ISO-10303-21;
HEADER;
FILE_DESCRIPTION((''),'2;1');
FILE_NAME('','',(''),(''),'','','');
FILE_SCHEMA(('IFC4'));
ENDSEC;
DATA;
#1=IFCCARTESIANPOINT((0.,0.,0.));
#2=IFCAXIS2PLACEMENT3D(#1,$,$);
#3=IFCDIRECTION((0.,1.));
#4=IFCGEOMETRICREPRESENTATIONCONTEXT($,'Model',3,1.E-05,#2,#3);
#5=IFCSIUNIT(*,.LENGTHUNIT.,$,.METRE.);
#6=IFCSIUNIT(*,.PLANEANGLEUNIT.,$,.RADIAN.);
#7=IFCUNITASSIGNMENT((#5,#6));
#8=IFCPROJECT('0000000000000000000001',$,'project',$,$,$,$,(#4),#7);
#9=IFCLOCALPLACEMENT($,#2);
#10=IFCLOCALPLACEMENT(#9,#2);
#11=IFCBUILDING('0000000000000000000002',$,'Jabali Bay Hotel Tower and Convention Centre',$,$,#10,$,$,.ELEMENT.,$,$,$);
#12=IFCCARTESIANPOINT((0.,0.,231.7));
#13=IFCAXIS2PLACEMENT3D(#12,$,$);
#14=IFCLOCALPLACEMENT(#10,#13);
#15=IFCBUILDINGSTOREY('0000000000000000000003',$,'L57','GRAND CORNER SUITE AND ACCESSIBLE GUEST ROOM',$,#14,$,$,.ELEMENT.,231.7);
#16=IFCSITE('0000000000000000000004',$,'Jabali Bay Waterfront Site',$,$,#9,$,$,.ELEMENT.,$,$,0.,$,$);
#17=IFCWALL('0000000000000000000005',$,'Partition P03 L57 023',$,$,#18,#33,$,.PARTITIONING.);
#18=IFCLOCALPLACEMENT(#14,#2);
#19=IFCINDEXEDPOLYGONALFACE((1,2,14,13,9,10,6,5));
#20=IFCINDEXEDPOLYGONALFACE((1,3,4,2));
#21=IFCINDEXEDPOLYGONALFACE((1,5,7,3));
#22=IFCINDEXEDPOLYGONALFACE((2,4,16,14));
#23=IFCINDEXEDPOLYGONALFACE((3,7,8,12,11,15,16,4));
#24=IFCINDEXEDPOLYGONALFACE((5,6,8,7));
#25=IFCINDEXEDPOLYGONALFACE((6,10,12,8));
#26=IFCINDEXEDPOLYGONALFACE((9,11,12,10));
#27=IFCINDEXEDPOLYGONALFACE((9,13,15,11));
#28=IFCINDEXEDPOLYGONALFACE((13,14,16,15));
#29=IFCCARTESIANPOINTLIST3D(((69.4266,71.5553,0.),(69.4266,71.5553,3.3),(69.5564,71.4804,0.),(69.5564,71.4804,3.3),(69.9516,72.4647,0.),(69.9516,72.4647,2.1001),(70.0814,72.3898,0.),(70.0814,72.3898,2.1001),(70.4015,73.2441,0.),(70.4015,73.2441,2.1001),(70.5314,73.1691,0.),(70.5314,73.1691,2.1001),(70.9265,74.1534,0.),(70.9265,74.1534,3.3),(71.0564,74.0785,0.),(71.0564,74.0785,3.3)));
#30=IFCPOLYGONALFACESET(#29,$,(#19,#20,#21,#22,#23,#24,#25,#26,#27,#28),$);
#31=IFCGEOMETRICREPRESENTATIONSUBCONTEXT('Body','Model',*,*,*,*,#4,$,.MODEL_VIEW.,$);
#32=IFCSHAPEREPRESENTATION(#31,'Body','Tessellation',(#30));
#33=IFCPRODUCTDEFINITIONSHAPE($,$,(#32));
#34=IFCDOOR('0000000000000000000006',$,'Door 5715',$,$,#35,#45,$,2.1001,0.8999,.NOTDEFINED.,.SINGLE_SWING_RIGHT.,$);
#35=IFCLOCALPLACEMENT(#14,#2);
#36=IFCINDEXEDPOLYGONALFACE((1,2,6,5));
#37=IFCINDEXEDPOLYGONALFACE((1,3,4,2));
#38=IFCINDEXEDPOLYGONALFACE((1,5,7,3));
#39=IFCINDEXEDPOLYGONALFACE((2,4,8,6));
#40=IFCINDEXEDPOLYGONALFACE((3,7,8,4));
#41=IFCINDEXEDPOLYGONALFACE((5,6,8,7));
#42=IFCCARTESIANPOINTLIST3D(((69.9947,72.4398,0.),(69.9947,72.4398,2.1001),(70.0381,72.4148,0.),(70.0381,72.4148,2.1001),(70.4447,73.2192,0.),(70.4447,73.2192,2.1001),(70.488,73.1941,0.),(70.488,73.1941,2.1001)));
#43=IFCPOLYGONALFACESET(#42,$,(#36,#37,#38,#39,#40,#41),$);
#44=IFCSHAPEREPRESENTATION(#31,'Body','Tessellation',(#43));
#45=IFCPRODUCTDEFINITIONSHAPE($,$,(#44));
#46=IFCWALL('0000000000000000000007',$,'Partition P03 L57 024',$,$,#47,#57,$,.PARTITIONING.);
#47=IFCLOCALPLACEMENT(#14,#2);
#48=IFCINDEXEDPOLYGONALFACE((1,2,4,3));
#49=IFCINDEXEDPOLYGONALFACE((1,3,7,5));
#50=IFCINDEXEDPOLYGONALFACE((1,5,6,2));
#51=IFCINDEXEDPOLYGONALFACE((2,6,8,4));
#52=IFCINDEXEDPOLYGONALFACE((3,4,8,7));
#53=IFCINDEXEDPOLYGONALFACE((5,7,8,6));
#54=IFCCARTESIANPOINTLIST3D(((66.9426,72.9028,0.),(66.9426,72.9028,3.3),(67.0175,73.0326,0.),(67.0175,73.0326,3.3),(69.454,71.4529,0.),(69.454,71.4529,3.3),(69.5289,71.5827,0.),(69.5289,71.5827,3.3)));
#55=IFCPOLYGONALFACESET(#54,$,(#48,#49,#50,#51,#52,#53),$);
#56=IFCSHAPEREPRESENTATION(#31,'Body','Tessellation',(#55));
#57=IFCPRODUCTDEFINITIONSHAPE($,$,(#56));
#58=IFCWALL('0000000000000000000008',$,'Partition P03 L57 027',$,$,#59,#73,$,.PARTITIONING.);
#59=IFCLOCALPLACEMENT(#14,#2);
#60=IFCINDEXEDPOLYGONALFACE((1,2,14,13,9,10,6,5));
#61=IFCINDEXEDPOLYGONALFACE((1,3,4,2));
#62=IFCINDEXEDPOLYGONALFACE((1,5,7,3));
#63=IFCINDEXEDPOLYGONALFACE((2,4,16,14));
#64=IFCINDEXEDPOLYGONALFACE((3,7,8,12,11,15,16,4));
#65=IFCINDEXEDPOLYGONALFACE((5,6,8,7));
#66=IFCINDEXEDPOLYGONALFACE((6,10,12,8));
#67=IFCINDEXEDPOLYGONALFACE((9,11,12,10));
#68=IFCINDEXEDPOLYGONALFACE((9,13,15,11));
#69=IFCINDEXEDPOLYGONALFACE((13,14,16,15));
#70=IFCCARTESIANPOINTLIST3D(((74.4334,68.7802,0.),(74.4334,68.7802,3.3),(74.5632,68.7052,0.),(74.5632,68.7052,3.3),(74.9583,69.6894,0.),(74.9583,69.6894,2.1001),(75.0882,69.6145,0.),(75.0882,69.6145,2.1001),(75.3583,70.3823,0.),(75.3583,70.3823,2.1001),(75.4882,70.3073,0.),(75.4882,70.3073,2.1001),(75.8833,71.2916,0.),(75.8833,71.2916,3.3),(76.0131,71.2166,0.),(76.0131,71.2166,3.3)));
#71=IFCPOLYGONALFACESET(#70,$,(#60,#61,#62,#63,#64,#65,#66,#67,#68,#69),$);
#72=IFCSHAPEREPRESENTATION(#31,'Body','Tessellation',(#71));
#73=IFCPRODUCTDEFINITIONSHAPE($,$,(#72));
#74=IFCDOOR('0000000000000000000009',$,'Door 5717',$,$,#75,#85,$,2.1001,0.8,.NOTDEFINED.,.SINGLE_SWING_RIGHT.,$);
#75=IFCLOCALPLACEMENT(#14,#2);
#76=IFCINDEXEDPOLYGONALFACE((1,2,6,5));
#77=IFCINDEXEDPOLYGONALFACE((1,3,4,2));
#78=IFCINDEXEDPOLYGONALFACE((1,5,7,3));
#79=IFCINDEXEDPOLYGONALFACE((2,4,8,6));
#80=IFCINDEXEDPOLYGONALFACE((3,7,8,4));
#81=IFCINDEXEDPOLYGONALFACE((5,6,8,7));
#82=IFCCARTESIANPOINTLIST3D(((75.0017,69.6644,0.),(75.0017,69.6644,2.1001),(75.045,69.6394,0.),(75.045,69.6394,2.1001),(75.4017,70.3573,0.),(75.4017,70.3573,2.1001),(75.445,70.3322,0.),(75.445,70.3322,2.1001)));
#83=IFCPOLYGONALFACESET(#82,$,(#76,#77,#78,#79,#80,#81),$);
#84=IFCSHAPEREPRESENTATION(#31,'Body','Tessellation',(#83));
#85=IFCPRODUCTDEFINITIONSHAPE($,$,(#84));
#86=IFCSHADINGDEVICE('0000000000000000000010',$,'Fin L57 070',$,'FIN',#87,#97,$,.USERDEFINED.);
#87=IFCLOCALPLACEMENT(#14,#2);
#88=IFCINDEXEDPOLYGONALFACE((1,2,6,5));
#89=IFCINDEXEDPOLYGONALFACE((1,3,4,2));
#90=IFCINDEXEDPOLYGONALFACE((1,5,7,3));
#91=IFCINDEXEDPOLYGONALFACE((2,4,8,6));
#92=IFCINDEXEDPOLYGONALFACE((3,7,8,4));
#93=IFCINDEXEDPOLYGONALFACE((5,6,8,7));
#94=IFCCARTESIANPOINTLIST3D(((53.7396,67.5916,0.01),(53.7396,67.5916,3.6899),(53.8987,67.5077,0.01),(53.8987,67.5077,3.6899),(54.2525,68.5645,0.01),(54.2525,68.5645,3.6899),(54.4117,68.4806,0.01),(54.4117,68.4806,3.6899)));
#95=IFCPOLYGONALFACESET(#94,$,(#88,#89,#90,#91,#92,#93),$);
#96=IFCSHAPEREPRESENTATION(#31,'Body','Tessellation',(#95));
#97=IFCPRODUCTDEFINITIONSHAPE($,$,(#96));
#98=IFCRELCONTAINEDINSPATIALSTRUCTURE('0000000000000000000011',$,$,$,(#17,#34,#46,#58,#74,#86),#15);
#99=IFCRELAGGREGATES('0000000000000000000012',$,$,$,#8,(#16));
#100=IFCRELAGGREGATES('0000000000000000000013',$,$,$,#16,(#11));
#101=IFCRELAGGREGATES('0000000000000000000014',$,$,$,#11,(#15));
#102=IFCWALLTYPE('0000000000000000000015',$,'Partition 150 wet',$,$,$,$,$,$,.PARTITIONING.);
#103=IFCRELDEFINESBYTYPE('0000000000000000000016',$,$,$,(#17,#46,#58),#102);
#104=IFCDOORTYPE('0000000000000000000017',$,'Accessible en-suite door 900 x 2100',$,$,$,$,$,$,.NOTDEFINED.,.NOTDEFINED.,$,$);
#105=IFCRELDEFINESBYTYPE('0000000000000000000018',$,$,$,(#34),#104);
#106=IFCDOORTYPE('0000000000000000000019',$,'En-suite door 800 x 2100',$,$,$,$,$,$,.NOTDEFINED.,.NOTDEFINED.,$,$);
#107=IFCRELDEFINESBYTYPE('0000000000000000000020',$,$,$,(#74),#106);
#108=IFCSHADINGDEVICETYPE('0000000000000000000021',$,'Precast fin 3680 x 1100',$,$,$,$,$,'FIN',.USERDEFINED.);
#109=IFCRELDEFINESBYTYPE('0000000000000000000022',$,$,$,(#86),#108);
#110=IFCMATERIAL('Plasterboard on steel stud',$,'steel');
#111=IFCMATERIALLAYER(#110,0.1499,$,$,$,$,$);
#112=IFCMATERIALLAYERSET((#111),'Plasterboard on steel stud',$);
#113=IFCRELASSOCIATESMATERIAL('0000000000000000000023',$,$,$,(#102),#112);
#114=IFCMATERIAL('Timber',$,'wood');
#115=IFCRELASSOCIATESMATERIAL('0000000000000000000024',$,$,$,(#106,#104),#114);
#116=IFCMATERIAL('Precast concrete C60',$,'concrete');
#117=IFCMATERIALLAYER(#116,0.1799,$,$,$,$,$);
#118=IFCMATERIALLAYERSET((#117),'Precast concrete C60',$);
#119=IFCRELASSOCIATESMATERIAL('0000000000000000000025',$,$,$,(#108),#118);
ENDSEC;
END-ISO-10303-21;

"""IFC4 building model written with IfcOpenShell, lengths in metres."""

from ifc_helpers import new_model, si_unit, direction, frame, frame_2d, origin, place, context, subcontext, project, spatial, rectangle, extrude, material, layer, layer_set, type_object, element, fill, save


model = new_model("IFC4")

# Units and contexts
model_context = context("Model", 3, precision=1e-05, world=origin(), true_north=direction((0.0, 1.0)))
body_context = subcontext(model_context, "Body", "Model", "MODEL_VIEW")
ifc_project = project(units=[si_unit("LENGTHUNIT", "METRE"), si_unit("PLANEANGLEUNIT", "RADIAN")], contexts=[model_context])

# Site, building, storey
site_placement = place(None, origin())
site = spatial("IfcSite", under=ifc_project, at=site_placement, Name="Jabali Bay Waterfront Site", CompositionType="ELEMENT", RefElevation=0.0)
building_placement = place(site_placement, origin())
building = spatial("IfcBuilding", under=site, at=building_placement, Name="Jabali Bay Hotel Tower and Convention Centre", CompositionType="ELEMENT")
storey_placement = place(building_placement, frame((0.0, 0.0, 231.7)))
storey = spatial("IfcBuildingStorey", under=building, at=storey_placement, Name="L57", Description="GRAND CORNER SUITE AND ACCESSIBLE GUEST ROOM", CompositionType="ELEMENT", Elevation=231.7)

# Shared definitions
ifc_material_1 = material(Name="Timber", Category="wood")

# Shared definitions
ifc_material_2 = material(Name="Plasterboard on steel stud", Category="steel")
ifc_layer_1 = layer(ifc_material_2, 0.1499)
ifc_layer_set_1 = layer_set([ifc_layer_1], Name="Plasterboard on steel stud")
wall_type_1 = type_object("IfcWallType", Name="Partition 150 wet", PredefinedType="PARTITIONING", material=ifc_layer_set_1)
door_type_1 = type_object("IfcDoorType", Name="En-suite door 800 x 2100", OperationType="NOTDEFINED", PredefinedType="NOTDEFINED", material=ifc_material_1)

# Wall, opening, door
wall_1_placement = place(storey_placement, frame((70.9915, 74.116, 0.0), z_axis=(0.0, 0.0, 1.0), x_axis=(-0.49999, -0.866031, 0.0)))
wall_1 = element("IfcWall", 1, at=wall_1_placement, inside=storey, type_object=wall_type_1, Name="Partition P03 L57 023", PredefinedType="PARTITIONING", context=body_context, shape_type="SweptSolid", body=[
    extrude(rectangle(XDim=3.0, YDim=0.1499, at=frame_2d((1.5, 0.0))), origin(), (0.0, 0.0, 1.0), 3.3),
])
opening_1_placement = place(wall_1_placement, frame((1.05, 0.0, 0.0)))
opening_1 = element("IfcOpeningElement", 2, at=opening_1_placement, cuts=wall_1, PredefinedType="OPENING", context=body_context, shape_type="SweptSolid", body=[
    extrude(rectangle(XDim=0.8999, YDim=2.1001, at=frame_2d((0.45, 1.05))), frame((0.0, 0.0854, 0.0), z_axis=(0.0, -1.0, 0.0), x_axis=(1.0, 0.0, 0.0)), (0.0, 0.0, 1.0), 0.1709),
])
door_type_2 = type_object("IfcDoorType", Name="Accessible en-suite door 900 x 2100", OperationType="NOTDEFINED", PredefinedType="NOTDEFINED", material=ifc_material_1)
door_1_placement = place(opening_1_placement, origin())
door_1 = element("IfcDoor", 3, at=door_1_placement, inside=storey, type_object=door_type_2, Name="Door 5715", OperationType="SINGLE_SWING_RIGHT", OverallHeight=2.1001, OverallWidth=0.8999, PredefinedType="NOTDEFINED", context=body_context, shape_type="SweptSolid", body=[
    extrude(rectangle(XDim=0.8999, YDim=2.1001, at=frame_2d((0.45, 1.05))), frame((0.0, 0.0249, 0.0), z_axis=(0.0, -1.0, 0.0), x_axis=(1.0, 0.0, 0.0)), (0.0, 0.0, 1.0), 0.05),
])
fill(opening_1, door_1)

# Wall
wall_2_placement = place(storey_placement, frame((69.4915, 71.5178, 0.0), z_axis=(0.0, 0.0, 1.0), x_axis=(-0.866033, 0.499987, 0.0)))
element("IfcWall", 4, at=wall_2_placement, inside=storey, type_object=wall_type_1, Name="Partition P03 L57 024", PredefinedType="PARTITIONING", context=body_context, shape_type="SweptSolid", body=[
    extrude(rectangle(XDim=2.8999, YDim=0.1499, at=frame_2d((1.45, 0.0))), origin(), (0.0, 0.0, 1.0), 3.3),
])

# Wall, opening, door
wall_3_placement = place(storey_placement, frame((74.4983, 68.7427, 0.0), z_axis=(0.0, 0.0, 1.0), x_axis=(0.499987, 0.866033, 0.0)))
wall_3 = element("IfcWall", 5, at=wall_3_placement, inside=storey, type_object=wall_type_1, Name="Partition P03 L57 027", PredefinedType="PARTITIONING", context=body_context, shape_type="SweptSolid", body=[
    extrude(rectangle(XDim=2.8999, YDim=0.1499, at=frame_2d((1.45, 0.0))), origin(), (0.0, 0.0, 1.0), 3.3),
])
opening_2_placement = place(wall_3_placement, frame((1.05, 0.0, 0.0)))
opening_2 = element("IfcOpeningElement", 6, at=opening_2_placement, cuts=wall_3, PredefinedType="OPENING", context=body_context, shape_type="SweptSolid", body=[
    extrude(rectangle(XDim=0.8, YDim=2.1001, at=frame_2d((0.3999, 1.05))), frame((0.0, 0.0854, 0.0), z_axis=(0.0, -1.0, 0.0), x_axis=(1.0, 0.0, 0.0)), (0.0, 0.0, 1.0), 0.1709),
])
door_2_placement = place(opening_2_placement, origin())
door_2 = element("IfcDoor", 7, at=door_2_placement, inside=storey, type_object=door_type_1, Name="Door 5717", OperationType="SINGLE_SWING_RIGHT", OverallHeight=2.1001, OverallWidth=0.8, PredefinedType="NOTDEFINED", context=body_context, shape_type="SweptSolid", body=[
    extrude(rectangle(XDim=0.8, YDim=2.1001, at=frame_2d((0.3999, 1.05))), frame((0.0, 0.0249, 0.0), z_axis=(0.0, -1.0, 0.0), x_axis=(1.0, 0.0, 0.0)), (0.0, 0.0, 1.0), 0.05),
])
fill(opening_2, door_2)

# Shading device
ifc_material_3 = material(Name="Precast concrete C60", Category="concrete")
ifc_layer_2 = layer(ifc_material_3, 0.1799)
ifc_layer_set_2 = layer_set([ifc_layer_2], Name="Precast concrete C60")
shading_device_type = type_object("IfcShadingDeviceType", Name="Precast fin 3680 x 1100", ElementType="FIN", PredefinedType="USERDEFINED", material=ifc_layer_set_2)
shading_device_placement = place(storey_placement, frame((54.332, 68.5225, 0.01), z_axis=(0.0, 0.0, 1.0), x_axis=(-0.466378, -0.884586, 0.0)))
element("IfcShadingDevice", 8, at=shading_device_placement, inside=storey, type_object=shading_device_type, Name="Fin L57 070", ObjectType="FIN", PredefinedType="USERDEFINED", context=body_context, shape_type="SweptSolid", body=[
    extrude(rectangle(XDim=1.0999, YDim=0.1799, at=frame_2d((0.5498, 0.0))), origin(), (0.0, 0.0, 1.0), 3.6799),
])

save(model, "model.ifc")
